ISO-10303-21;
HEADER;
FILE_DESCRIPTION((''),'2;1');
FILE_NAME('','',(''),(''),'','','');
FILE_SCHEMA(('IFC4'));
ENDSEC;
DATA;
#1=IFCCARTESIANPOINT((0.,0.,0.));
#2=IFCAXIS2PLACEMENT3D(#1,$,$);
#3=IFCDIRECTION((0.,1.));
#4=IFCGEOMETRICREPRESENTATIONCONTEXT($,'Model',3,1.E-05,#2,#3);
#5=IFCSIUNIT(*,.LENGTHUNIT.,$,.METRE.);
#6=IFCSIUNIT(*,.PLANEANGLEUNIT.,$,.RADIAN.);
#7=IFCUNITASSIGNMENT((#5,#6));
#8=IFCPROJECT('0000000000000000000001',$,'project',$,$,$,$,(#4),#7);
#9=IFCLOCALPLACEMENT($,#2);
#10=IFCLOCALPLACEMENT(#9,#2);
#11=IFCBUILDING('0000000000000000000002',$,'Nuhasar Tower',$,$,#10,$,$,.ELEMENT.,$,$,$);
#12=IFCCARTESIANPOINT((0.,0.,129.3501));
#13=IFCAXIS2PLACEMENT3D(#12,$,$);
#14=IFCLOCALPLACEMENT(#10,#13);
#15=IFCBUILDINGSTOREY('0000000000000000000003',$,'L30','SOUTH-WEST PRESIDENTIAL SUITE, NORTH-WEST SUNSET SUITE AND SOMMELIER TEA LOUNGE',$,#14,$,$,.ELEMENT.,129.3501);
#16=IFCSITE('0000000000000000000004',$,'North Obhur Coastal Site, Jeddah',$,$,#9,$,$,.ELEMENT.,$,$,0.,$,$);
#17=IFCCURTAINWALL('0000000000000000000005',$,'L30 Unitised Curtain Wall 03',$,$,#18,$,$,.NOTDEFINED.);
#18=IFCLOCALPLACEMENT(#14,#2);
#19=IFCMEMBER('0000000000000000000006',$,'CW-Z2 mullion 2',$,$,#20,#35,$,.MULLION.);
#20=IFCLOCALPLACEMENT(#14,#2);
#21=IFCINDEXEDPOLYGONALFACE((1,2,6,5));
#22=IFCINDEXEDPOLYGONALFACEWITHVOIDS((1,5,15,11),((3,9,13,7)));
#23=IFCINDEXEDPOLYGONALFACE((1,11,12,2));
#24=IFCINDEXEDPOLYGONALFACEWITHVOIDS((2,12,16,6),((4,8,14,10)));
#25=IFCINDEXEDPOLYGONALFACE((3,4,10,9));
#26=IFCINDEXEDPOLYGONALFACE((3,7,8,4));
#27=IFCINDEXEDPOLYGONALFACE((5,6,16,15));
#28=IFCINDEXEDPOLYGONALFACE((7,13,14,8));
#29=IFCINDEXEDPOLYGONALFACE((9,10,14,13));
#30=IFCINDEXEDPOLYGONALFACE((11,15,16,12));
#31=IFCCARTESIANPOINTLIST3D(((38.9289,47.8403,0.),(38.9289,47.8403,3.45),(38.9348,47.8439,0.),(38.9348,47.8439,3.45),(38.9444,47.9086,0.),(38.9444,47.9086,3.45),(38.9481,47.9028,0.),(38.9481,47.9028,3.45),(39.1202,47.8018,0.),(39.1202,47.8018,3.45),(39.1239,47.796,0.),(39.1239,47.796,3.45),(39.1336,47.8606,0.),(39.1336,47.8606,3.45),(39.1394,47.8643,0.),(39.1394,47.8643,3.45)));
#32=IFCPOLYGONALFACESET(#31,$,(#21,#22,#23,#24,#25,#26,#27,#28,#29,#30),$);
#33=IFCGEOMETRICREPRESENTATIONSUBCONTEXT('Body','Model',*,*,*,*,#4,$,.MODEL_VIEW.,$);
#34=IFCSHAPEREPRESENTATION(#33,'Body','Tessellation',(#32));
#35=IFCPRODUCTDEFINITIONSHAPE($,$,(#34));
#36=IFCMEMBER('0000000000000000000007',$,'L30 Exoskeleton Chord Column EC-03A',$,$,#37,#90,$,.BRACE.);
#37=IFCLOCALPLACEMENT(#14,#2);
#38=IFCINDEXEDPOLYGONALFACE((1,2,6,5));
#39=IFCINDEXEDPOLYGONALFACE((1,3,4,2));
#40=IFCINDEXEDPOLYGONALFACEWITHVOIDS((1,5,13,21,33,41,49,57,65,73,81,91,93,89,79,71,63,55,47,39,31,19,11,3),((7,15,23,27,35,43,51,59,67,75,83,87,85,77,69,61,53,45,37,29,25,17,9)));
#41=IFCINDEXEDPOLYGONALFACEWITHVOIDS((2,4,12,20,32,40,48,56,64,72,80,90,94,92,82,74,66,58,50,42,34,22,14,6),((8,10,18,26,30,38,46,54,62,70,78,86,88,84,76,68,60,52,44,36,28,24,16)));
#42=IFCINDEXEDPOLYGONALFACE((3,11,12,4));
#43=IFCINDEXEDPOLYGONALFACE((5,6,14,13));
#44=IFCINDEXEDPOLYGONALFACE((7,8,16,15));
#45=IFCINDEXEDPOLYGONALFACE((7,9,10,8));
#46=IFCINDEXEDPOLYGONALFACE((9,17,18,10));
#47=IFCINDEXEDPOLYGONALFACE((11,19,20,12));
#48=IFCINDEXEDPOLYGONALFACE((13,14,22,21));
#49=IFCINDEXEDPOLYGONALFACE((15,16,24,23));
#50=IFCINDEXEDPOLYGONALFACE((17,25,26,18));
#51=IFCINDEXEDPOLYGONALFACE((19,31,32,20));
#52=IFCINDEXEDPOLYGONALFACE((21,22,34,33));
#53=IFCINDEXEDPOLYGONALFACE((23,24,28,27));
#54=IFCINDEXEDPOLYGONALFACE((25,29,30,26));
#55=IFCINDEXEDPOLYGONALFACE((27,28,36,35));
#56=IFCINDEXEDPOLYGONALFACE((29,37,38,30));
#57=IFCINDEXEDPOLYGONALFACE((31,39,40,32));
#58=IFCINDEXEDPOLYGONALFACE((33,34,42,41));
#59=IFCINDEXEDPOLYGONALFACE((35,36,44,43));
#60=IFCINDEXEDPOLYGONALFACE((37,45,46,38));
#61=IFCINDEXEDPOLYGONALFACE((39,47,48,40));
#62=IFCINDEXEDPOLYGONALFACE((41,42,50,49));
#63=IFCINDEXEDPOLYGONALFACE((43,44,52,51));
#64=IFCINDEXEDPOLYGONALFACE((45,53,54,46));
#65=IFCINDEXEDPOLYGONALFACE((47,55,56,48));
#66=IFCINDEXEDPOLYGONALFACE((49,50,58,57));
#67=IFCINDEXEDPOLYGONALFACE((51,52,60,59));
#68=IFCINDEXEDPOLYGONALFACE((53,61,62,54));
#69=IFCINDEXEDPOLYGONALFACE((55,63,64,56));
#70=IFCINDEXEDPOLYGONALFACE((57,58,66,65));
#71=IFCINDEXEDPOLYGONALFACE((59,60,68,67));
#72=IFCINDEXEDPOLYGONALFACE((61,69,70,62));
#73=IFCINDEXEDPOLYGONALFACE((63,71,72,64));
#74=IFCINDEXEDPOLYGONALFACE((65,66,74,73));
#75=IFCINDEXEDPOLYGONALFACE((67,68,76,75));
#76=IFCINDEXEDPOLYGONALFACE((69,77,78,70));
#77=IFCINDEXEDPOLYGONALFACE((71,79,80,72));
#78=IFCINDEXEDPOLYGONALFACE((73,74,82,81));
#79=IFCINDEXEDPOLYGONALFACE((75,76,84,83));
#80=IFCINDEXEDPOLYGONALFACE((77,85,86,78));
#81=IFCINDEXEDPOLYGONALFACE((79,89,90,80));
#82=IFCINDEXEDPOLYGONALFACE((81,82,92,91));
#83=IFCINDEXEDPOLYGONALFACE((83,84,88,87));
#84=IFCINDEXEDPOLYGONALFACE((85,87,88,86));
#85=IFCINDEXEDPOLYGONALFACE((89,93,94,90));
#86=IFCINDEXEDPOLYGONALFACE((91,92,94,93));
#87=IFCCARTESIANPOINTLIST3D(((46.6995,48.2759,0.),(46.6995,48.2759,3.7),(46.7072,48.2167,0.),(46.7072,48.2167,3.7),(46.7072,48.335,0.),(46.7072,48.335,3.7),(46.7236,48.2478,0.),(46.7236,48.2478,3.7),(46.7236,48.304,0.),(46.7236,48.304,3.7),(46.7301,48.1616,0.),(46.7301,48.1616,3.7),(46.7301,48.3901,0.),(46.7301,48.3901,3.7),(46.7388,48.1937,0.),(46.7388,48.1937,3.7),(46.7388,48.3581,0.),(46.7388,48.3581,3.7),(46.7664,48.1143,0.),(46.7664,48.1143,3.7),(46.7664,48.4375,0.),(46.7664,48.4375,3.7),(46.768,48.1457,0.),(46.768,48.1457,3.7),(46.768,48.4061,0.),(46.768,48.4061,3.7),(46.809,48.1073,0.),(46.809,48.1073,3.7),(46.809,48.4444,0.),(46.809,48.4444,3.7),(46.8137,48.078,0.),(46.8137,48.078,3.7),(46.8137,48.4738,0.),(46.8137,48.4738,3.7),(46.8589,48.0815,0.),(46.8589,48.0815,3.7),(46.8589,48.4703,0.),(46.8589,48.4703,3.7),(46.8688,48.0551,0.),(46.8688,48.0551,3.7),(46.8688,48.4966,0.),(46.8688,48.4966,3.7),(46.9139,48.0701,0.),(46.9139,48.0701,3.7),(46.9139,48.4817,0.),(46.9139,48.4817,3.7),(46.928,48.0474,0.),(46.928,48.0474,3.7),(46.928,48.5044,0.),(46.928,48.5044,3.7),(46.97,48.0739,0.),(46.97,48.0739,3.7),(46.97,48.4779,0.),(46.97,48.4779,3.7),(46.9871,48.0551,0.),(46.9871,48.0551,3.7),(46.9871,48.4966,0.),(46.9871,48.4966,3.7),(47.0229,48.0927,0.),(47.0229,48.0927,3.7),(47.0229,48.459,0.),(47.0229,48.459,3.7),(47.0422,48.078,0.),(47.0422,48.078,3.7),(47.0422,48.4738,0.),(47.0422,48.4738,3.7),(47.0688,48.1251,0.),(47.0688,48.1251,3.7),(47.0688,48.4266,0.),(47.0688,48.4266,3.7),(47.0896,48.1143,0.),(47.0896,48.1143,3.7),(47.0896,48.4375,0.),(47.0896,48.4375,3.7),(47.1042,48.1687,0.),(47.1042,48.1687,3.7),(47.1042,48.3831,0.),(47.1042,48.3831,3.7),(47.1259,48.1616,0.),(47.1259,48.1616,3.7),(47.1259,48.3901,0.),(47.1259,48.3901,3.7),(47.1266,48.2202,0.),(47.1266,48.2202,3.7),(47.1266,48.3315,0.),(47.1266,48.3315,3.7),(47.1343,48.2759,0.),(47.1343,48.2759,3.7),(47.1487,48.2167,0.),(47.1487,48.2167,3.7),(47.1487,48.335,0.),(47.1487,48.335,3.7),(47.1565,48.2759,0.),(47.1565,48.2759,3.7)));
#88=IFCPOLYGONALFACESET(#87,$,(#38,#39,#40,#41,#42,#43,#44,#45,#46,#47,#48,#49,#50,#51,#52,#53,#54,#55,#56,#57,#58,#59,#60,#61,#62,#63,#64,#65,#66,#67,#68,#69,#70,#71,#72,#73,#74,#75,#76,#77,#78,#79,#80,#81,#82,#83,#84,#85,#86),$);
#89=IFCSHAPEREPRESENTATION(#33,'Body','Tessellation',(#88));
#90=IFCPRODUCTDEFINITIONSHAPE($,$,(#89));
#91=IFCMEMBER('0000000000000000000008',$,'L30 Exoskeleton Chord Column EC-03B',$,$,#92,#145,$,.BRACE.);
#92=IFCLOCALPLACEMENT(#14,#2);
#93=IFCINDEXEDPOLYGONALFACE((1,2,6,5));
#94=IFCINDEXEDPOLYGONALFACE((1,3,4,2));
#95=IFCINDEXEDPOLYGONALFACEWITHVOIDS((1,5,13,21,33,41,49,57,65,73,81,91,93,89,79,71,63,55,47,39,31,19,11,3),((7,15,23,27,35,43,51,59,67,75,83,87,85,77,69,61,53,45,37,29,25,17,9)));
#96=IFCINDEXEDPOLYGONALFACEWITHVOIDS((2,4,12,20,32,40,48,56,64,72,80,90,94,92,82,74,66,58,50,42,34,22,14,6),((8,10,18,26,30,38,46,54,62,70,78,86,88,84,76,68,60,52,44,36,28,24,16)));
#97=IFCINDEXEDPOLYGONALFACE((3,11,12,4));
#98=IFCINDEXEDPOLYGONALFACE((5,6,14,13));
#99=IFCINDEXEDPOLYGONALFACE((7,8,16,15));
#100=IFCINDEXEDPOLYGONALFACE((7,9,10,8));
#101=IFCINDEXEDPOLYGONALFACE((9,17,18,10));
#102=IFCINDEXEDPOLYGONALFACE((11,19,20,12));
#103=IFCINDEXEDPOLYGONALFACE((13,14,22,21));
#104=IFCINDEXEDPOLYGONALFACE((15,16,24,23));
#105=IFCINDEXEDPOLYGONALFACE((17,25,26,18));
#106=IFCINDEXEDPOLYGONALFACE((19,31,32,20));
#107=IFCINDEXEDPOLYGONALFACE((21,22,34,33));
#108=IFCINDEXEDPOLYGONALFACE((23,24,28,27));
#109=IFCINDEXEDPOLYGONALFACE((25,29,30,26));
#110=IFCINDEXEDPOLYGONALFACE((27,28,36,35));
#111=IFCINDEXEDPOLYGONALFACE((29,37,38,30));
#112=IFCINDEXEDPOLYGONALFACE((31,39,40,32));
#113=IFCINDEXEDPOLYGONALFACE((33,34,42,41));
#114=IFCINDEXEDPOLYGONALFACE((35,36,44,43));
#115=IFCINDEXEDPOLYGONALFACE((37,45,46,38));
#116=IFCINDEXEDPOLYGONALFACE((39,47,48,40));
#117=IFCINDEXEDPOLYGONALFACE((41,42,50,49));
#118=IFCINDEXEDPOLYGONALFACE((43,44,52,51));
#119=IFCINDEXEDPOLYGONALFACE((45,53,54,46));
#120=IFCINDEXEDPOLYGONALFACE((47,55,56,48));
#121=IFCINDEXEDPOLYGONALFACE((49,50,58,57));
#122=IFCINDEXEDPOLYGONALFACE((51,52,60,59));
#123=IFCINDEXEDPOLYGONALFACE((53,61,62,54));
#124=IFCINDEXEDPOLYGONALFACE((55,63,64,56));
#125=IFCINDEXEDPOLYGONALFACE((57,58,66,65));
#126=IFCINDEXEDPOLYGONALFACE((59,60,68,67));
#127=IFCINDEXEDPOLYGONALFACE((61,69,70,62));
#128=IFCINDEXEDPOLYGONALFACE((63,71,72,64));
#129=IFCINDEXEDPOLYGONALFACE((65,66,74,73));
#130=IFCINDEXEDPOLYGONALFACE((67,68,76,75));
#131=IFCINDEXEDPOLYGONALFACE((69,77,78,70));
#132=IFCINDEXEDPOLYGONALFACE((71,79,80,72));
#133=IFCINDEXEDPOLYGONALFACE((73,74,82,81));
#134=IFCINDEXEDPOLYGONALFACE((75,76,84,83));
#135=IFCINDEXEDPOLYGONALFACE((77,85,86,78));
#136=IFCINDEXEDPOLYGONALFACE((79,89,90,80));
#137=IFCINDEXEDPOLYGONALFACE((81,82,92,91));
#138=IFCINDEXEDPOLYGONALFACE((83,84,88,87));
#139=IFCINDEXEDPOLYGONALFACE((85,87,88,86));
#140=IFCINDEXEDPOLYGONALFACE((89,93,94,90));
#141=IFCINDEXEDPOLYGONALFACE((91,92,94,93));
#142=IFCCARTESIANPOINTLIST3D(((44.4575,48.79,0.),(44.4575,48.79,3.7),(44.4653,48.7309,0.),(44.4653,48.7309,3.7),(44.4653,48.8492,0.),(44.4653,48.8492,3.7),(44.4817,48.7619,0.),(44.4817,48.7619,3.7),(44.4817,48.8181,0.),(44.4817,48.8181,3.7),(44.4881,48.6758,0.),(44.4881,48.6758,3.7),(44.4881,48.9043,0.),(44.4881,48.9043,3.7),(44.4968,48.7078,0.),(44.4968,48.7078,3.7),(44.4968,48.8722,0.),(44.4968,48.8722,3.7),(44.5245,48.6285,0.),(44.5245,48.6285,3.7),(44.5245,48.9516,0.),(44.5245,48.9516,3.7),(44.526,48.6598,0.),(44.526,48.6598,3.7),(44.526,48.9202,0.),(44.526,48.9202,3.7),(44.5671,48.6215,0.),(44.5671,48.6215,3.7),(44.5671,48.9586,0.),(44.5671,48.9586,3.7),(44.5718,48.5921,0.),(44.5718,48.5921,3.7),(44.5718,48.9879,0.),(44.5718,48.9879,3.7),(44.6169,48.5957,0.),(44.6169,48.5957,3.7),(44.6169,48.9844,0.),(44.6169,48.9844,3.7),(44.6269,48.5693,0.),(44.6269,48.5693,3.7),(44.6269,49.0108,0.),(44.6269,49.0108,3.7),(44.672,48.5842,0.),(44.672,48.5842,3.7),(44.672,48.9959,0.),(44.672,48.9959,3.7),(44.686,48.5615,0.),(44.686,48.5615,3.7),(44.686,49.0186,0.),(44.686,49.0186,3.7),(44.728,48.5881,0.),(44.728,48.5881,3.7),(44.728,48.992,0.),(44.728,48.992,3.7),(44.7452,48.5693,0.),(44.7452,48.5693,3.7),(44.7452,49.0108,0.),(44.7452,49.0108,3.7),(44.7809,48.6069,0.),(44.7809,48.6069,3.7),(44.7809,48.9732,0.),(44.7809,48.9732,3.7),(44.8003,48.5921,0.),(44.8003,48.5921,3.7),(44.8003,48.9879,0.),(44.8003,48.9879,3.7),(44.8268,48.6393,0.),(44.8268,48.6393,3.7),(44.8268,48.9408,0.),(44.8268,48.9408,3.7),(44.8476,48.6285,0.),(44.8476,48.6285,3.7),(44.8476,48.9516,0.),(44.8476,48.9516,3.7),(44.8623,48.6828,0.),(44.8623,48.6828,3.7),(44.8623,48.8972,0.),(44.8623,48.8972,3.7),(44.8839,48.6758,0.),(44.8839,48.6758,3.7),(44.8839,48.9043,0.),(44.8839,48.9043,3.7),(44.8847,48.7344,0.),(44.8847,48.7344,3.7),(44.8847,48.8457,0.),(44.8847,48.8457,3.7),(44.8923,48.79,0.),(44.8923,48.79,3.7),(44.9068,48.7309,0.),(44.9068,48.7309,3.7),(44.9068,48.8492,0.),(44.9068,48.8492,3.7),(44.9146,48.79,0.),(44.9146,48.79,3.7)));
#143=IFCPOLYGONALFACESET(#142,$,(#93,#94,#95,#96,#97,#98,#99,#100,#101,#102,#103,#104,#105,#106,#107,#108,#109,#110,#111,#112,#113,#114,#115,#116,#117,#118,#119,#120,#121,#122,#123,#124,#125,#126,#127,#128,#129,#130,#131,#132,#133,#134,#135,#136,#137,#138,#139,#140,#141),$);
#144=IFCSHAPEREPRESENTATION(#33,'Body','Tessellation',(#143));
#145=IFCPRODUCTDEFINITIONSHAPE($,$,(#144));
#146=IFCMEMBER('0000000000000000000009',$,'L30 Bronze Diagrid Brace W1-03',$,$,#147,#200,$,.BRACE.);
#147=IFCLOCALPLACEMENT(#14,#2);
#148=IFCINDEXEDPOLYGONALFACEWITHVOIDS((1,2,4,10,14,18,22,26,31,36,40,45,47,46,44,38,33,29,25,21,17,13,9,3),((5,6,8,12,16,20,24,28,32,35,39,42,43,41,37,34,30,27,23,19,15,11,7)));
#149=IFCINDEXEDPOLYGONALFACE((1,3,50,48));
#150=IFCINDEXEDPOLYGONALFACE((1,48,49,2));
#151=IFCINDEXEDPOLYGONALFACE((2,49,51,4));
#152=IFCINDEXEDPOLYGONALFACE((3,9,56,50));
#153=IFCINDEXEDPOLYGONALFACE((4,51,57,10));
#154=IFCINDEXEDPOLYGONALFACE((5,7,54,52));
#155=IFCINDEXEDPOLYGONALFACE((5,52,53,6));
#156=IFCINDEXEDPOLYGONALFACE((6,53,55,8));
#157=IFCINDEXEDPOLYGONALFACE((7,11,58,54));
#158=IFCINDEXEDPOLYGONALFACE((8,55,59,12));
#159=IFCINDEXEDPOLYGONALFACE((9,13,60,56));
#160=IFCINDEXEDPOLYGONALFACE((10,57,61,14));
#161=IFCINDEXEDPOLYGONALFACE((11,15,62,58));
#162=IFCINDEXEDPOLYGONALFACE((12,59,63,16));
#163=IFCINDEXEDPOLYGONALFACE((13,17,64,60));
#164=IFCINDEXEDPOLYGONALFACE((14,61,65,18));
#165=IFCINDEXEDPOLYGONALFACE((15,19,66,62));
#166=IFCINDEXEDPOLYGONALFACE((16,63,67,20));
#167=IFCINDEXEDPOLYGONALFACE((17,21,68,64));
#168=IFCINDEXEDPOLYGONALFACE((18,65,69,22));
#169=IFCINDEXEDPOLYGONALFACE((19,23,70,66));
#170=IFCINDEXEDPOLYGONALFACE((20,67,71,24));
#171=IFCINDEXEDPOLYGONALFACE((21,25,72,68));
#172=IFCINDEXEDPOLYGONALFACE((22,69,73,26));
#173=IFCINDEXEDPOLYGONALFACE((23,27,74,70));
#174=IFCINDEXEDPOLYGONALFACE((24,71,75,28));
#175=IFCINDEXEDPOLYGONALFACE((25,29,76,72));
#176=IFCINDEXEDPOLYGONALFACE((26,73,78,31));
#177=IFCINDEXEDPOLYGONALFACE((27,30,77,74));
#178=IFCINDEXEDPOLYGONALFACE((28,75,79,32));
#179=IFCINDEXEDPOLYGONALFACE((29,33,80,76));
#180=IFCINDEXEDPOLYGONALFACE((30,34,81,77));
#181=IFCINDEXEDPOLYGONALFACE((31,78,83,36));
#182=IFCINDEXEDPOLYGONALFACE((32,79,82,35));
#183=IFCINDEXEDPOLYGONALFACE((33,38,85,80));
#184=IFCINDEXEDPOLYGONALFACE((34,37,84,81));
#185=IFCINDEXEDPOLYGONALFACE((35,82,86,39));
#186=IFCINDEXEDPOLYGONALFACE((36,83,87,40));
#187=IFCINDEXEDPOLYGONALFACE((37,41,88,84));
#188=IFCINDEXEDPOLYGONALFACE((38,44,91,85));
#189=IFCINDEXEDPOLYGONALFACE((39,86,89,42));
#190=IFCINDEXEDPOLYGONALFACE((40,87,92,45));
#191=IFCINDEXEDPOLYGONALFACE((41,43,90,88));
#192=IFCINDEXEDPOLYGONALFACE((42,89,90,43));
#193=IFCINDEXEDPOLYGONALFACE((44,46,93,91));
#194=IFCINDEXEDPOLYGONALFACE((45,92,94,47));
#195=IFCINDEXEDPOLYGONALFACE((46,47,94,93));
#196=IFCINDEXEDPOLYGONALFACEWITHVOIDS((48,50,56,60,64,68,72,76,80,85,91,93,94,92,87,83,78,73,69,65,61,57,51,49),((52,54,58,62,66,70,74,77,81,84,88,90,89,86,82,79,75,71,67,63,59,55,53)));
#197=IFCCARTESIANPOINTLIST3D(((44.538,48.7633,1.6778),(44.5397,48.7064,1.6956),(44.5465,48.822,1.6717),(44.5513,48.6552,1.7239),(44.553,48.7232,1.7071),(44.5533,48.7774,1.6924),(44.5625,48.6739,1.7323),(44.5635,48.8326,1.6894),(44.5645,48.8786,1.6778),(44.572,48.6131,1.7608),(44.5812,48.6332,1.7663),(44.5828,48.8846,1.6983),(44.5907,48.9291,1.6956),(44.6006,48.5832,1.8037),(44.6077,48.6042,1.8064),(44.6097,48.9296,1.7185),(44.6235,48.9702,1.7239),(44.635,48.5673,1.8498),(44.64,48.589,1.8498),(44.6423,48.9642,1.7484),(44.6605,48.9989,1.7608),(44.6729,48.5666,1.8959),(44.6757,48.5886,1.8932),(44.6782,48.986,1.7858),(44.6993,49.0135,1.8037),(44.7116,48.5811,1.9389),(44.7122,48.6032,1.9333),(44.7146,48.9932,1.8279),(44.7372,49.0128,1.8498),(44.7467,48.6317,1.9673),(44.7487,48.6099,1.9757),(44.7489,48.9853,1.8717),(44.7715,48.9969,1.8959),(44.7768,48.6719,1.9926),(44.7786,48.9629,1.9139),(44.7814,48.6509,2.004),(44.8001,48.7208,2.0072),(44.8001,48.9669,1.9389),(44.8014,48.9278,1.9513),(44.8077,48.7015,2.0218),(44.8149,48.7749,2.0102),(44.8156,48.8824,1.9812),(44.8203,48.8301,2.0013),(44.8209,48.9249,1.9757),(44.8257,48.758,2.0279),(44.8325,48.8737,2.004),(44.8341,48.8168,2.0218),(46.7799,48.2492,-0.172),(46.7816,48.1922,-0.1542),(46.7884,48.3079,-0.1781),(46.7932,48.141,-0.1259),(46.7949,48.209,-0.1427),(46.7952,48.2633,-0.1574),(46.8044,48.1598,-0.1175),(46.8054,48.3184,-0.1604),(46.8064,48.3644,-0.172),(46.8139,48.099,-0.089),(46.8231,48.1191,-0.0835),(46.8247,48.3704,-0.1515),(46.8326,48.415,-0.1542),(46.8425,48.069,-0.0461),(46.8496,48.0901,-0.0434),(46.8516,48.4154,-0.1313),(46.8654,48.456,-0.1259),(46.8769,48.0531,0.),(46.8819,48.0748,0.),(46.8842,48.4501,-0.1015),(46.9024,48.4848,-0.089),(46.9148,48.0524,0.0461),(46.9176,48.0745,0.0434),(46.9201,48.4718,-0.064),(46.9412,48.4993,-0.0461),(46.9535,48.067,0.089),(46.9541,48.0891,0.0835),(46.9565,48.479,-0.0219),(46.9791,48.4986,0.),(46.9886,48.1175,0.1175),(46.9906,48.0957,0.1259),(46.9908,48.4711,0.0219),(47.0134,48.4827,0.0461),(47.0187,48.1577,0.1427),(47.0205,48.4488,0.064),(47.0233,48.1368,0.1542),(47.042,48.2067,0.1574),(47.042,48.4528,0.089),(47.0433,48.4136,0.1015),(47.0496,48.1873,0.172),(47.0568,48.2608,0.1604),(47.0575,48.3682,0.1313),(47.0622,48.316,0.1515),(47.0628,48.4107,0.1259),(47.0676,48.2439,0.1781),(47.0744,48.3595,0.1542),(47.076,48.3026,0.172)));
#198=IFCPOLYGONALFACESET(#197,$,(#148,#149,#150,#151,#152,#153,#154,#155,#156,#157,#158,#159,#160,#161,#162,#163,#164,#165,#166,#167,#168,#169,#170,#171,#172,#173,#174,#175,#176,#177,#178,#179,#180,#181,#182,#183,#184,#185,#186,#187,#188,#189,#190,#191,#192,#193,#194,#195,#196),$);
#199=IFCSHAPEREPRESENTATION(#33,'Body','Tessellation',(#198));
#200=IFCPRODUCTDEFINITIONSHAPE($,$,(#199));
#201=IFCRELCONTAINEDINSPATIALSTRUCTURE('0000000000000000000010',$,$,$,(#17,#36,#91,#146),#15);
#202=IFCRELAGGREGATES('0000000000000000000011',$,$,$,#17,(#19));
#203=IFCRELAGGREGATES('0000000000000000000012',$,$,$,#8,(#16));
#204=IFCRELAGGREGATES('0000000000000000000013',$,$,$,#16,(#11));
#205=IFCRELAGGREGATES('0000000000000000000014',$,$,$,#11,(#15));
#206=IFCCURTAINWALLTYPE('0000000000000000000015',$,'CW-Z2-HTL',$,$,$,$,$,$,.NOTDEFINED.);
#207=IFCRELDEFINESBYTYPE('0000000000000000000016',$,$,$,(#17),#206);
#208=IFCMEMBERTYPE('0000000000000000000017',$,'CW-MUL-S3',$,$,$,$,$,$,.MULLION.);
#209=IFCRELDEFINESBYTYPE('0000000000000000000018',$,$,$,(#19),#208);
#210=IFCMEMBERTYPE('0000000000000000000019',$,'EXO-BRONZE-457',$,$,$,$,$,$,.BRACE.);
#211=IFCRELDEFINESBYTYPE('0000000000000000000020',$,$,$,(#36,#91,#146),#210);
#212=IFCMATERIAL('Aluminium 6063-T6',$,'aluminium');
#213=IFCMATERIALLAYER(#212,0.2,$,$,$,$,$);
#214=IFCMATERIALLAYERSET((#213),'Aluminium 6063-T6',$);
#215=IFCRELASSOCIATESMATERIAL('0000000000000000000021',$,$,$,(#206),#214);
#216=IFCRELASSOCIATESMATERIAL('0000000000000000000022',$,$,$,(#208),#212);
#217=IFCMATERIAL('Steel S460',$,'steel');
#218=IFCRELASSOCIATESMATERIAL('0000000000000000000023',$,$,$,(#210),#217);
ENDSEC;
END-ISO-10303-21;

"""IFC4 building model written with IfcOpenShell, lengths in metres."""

from ifc_helpers import new_model, si_unit, direction, frame, origin, origin_2d, place, context, subcontext, project, spatial, hollow_rectangle, hollow_circle, extrude, material, layer, layer_set, material_profile, profile_set, type_object, element, aggregate, save


model = new_model("IFC4")

# Units and contexts
model_context = context("Model", 3, precision=1e-05, world=origin(), true_north=direction((0.0, 1.0)))
body_context = subcontext(model_context, "Body", "Model", "MODEL_VIEW")
ifc_project = project(units=[si_unit("LENGTHUNIT", "METRE"), si_unit("PLANEANGLEUNIT", "RADIAN")], contexts=[model_context])

# Site, building, storey
site_placement = place(None, origin())
site = spatial("IfcSite", under=ifc_project, at=site_placement, Name="North Obhur Coastal Site, Jeddah", CompositionType="ELEMENT", RefElevation=0.0)
building_placement = place(site_placement, origin())
building = spatial("IfcBuilding", under=site, at=building_placement, Name="Nuhasar Tower", CompositionType="ELEMENT")
storey_placement = place(building_placement, frame((0.0, 0.0, 129.3501)))
storey = spatial("IfcBuildingStorey", under=building, at=storey_placement, Name="L30", Description="SOUTH-WEST PRESIDENTIAL SUITE, NORTH-WEST SUNSET SUITE AND SOMMELIER TEA LOUNGE", CompositionType="ELEMENT", Elevation=129.3501)

# Curtain wall, member
ifc_material_1 = material(Name="Aluminium 6063-T6", Category="aluminium")
ifc_layer_1 = layer(ifc_material_1, 0.2)
ifc_layer_set_1 = layer_set([ifc_layer_1], Name="Aluminium 6063-T6")
curtain_wall_type = type_object("IfcCurtainWallType", Name="CW-Z2-HTL", PredefinedType="NOTDEFINED", material=ifc_layer_set_1)
curtain_wall_placement = place(storey_placement, origin())
curtain_wall = element("IfcCurtainWall", 1, at=curtain_wall_placement, inside=storey, type_object=curtain_wall_type, Name="L30 Unitised Curtain Wall 03", PredefinedType="NOTDEFINED")
ifc_material_profile_1 = material_profile(ifc_material_1, hollow_rectangle(XDim=0.0701, YDim=0.2, WallThickness=0.0049, at=origin_2d()), Name="CWM-3")
ifc_profile_set_1 = profile_set([ifc_material_profile_1], Name="Aluminium 6063-T6")
member_type_1 = type_object("IfcMemberType", Name="CW-MUL-S3", PredefinedType="MULLION", material=ifc_profile_set_1)
member_1_placement = place(storey_placement, frame((39.0342, 47.8523, 0.0), z_axis=(0.0, 0.0, 1.0), x_axis=(-0.221397, -0.975184, 0.0)))
member_1 = element("IfcMember", 2, at=member_1_placement, type_object=member_type_1, Name="CW-Z2 mullion 2", PredefinedType="MULLION", context=body_context, shape_type="SweptSolid", body=[
    extrude(hollow_rectangle(XDim=0.0701, YDim=0.2, WallThickness=0.0049, at=origin_2d()), origin(), (0.0, 0.0, 1.0), 3.45),
])

# Members
ifc_material_2 = material(Name="Steel S460", Category="steel")
ifc_material_profile_2 = material_profile(ifc_material_2, hollow_circle(Radius=0.2285, WallThickness=0.0222, at=origin_2d()), Name="HSS457X22.2")
ifc_profile_set_2 = profile_set([ifc_material_profile_2], Name="Steel S460")
member_type_2 = type_object("IfcMemberType", Name="EXO-BRONZE-457", PredefinedType="BRACE", material=ifc_profile_set_2)
for number, where, z_axis, x_axis, name in (
    (3, (46.928, 48.2759, 0.0), (0.0, 0.0, 1.0), (1.0, 0.0, 0.0), "L30 Exoskeleton Chord Column EC-03A"),
    (4, (44.686, 48.79, 0.0), (0.0, 0.0, 1.0), (1.0, 0.0, 0.0), "L30 Exoskeleton Chord Column EC-03B"),
):
    element("IfcMember", number, at=place(storey_placement, frame(where, z_axis=z_axis, x_axis=x_axis)), inside=storey, type_object=member_type_2, Name=name, PredefinedType="BRACE", context=body_context, shape_type="SweptSolid", body=[
        extrude(hollow_circle(Radius=0.2285, WallThickness=0.0222, at=origin_2d()), origin(), (0.0, 0.0, 1.0), 3.7),
    ])
member_2_placement = place(storey_placement, frame((46.928, 48.2759, 0.0), z_axis=(-0.759539, 0.17419, 0.626704), x_axis=(-0.223534, -0.974696, 0.0)))
element("IfcMember", 5, at=member_2_placement, inside=storey, type_object=member_type_2, Name="L30 Bronze Diagrid Brace W1-03", PredefinedType="BRACE", context=body_context, shape_type="SweptSolid", body=[
    extrude(hollow_circle(Radius=0.2285, WallThickness=0.0222, at=origin_2d()), origin(), (0.0, 0.0, 1.0), 2.9517),
])

aggregate(curtain_wall, [member_1])

save(model, "model.ifc")
